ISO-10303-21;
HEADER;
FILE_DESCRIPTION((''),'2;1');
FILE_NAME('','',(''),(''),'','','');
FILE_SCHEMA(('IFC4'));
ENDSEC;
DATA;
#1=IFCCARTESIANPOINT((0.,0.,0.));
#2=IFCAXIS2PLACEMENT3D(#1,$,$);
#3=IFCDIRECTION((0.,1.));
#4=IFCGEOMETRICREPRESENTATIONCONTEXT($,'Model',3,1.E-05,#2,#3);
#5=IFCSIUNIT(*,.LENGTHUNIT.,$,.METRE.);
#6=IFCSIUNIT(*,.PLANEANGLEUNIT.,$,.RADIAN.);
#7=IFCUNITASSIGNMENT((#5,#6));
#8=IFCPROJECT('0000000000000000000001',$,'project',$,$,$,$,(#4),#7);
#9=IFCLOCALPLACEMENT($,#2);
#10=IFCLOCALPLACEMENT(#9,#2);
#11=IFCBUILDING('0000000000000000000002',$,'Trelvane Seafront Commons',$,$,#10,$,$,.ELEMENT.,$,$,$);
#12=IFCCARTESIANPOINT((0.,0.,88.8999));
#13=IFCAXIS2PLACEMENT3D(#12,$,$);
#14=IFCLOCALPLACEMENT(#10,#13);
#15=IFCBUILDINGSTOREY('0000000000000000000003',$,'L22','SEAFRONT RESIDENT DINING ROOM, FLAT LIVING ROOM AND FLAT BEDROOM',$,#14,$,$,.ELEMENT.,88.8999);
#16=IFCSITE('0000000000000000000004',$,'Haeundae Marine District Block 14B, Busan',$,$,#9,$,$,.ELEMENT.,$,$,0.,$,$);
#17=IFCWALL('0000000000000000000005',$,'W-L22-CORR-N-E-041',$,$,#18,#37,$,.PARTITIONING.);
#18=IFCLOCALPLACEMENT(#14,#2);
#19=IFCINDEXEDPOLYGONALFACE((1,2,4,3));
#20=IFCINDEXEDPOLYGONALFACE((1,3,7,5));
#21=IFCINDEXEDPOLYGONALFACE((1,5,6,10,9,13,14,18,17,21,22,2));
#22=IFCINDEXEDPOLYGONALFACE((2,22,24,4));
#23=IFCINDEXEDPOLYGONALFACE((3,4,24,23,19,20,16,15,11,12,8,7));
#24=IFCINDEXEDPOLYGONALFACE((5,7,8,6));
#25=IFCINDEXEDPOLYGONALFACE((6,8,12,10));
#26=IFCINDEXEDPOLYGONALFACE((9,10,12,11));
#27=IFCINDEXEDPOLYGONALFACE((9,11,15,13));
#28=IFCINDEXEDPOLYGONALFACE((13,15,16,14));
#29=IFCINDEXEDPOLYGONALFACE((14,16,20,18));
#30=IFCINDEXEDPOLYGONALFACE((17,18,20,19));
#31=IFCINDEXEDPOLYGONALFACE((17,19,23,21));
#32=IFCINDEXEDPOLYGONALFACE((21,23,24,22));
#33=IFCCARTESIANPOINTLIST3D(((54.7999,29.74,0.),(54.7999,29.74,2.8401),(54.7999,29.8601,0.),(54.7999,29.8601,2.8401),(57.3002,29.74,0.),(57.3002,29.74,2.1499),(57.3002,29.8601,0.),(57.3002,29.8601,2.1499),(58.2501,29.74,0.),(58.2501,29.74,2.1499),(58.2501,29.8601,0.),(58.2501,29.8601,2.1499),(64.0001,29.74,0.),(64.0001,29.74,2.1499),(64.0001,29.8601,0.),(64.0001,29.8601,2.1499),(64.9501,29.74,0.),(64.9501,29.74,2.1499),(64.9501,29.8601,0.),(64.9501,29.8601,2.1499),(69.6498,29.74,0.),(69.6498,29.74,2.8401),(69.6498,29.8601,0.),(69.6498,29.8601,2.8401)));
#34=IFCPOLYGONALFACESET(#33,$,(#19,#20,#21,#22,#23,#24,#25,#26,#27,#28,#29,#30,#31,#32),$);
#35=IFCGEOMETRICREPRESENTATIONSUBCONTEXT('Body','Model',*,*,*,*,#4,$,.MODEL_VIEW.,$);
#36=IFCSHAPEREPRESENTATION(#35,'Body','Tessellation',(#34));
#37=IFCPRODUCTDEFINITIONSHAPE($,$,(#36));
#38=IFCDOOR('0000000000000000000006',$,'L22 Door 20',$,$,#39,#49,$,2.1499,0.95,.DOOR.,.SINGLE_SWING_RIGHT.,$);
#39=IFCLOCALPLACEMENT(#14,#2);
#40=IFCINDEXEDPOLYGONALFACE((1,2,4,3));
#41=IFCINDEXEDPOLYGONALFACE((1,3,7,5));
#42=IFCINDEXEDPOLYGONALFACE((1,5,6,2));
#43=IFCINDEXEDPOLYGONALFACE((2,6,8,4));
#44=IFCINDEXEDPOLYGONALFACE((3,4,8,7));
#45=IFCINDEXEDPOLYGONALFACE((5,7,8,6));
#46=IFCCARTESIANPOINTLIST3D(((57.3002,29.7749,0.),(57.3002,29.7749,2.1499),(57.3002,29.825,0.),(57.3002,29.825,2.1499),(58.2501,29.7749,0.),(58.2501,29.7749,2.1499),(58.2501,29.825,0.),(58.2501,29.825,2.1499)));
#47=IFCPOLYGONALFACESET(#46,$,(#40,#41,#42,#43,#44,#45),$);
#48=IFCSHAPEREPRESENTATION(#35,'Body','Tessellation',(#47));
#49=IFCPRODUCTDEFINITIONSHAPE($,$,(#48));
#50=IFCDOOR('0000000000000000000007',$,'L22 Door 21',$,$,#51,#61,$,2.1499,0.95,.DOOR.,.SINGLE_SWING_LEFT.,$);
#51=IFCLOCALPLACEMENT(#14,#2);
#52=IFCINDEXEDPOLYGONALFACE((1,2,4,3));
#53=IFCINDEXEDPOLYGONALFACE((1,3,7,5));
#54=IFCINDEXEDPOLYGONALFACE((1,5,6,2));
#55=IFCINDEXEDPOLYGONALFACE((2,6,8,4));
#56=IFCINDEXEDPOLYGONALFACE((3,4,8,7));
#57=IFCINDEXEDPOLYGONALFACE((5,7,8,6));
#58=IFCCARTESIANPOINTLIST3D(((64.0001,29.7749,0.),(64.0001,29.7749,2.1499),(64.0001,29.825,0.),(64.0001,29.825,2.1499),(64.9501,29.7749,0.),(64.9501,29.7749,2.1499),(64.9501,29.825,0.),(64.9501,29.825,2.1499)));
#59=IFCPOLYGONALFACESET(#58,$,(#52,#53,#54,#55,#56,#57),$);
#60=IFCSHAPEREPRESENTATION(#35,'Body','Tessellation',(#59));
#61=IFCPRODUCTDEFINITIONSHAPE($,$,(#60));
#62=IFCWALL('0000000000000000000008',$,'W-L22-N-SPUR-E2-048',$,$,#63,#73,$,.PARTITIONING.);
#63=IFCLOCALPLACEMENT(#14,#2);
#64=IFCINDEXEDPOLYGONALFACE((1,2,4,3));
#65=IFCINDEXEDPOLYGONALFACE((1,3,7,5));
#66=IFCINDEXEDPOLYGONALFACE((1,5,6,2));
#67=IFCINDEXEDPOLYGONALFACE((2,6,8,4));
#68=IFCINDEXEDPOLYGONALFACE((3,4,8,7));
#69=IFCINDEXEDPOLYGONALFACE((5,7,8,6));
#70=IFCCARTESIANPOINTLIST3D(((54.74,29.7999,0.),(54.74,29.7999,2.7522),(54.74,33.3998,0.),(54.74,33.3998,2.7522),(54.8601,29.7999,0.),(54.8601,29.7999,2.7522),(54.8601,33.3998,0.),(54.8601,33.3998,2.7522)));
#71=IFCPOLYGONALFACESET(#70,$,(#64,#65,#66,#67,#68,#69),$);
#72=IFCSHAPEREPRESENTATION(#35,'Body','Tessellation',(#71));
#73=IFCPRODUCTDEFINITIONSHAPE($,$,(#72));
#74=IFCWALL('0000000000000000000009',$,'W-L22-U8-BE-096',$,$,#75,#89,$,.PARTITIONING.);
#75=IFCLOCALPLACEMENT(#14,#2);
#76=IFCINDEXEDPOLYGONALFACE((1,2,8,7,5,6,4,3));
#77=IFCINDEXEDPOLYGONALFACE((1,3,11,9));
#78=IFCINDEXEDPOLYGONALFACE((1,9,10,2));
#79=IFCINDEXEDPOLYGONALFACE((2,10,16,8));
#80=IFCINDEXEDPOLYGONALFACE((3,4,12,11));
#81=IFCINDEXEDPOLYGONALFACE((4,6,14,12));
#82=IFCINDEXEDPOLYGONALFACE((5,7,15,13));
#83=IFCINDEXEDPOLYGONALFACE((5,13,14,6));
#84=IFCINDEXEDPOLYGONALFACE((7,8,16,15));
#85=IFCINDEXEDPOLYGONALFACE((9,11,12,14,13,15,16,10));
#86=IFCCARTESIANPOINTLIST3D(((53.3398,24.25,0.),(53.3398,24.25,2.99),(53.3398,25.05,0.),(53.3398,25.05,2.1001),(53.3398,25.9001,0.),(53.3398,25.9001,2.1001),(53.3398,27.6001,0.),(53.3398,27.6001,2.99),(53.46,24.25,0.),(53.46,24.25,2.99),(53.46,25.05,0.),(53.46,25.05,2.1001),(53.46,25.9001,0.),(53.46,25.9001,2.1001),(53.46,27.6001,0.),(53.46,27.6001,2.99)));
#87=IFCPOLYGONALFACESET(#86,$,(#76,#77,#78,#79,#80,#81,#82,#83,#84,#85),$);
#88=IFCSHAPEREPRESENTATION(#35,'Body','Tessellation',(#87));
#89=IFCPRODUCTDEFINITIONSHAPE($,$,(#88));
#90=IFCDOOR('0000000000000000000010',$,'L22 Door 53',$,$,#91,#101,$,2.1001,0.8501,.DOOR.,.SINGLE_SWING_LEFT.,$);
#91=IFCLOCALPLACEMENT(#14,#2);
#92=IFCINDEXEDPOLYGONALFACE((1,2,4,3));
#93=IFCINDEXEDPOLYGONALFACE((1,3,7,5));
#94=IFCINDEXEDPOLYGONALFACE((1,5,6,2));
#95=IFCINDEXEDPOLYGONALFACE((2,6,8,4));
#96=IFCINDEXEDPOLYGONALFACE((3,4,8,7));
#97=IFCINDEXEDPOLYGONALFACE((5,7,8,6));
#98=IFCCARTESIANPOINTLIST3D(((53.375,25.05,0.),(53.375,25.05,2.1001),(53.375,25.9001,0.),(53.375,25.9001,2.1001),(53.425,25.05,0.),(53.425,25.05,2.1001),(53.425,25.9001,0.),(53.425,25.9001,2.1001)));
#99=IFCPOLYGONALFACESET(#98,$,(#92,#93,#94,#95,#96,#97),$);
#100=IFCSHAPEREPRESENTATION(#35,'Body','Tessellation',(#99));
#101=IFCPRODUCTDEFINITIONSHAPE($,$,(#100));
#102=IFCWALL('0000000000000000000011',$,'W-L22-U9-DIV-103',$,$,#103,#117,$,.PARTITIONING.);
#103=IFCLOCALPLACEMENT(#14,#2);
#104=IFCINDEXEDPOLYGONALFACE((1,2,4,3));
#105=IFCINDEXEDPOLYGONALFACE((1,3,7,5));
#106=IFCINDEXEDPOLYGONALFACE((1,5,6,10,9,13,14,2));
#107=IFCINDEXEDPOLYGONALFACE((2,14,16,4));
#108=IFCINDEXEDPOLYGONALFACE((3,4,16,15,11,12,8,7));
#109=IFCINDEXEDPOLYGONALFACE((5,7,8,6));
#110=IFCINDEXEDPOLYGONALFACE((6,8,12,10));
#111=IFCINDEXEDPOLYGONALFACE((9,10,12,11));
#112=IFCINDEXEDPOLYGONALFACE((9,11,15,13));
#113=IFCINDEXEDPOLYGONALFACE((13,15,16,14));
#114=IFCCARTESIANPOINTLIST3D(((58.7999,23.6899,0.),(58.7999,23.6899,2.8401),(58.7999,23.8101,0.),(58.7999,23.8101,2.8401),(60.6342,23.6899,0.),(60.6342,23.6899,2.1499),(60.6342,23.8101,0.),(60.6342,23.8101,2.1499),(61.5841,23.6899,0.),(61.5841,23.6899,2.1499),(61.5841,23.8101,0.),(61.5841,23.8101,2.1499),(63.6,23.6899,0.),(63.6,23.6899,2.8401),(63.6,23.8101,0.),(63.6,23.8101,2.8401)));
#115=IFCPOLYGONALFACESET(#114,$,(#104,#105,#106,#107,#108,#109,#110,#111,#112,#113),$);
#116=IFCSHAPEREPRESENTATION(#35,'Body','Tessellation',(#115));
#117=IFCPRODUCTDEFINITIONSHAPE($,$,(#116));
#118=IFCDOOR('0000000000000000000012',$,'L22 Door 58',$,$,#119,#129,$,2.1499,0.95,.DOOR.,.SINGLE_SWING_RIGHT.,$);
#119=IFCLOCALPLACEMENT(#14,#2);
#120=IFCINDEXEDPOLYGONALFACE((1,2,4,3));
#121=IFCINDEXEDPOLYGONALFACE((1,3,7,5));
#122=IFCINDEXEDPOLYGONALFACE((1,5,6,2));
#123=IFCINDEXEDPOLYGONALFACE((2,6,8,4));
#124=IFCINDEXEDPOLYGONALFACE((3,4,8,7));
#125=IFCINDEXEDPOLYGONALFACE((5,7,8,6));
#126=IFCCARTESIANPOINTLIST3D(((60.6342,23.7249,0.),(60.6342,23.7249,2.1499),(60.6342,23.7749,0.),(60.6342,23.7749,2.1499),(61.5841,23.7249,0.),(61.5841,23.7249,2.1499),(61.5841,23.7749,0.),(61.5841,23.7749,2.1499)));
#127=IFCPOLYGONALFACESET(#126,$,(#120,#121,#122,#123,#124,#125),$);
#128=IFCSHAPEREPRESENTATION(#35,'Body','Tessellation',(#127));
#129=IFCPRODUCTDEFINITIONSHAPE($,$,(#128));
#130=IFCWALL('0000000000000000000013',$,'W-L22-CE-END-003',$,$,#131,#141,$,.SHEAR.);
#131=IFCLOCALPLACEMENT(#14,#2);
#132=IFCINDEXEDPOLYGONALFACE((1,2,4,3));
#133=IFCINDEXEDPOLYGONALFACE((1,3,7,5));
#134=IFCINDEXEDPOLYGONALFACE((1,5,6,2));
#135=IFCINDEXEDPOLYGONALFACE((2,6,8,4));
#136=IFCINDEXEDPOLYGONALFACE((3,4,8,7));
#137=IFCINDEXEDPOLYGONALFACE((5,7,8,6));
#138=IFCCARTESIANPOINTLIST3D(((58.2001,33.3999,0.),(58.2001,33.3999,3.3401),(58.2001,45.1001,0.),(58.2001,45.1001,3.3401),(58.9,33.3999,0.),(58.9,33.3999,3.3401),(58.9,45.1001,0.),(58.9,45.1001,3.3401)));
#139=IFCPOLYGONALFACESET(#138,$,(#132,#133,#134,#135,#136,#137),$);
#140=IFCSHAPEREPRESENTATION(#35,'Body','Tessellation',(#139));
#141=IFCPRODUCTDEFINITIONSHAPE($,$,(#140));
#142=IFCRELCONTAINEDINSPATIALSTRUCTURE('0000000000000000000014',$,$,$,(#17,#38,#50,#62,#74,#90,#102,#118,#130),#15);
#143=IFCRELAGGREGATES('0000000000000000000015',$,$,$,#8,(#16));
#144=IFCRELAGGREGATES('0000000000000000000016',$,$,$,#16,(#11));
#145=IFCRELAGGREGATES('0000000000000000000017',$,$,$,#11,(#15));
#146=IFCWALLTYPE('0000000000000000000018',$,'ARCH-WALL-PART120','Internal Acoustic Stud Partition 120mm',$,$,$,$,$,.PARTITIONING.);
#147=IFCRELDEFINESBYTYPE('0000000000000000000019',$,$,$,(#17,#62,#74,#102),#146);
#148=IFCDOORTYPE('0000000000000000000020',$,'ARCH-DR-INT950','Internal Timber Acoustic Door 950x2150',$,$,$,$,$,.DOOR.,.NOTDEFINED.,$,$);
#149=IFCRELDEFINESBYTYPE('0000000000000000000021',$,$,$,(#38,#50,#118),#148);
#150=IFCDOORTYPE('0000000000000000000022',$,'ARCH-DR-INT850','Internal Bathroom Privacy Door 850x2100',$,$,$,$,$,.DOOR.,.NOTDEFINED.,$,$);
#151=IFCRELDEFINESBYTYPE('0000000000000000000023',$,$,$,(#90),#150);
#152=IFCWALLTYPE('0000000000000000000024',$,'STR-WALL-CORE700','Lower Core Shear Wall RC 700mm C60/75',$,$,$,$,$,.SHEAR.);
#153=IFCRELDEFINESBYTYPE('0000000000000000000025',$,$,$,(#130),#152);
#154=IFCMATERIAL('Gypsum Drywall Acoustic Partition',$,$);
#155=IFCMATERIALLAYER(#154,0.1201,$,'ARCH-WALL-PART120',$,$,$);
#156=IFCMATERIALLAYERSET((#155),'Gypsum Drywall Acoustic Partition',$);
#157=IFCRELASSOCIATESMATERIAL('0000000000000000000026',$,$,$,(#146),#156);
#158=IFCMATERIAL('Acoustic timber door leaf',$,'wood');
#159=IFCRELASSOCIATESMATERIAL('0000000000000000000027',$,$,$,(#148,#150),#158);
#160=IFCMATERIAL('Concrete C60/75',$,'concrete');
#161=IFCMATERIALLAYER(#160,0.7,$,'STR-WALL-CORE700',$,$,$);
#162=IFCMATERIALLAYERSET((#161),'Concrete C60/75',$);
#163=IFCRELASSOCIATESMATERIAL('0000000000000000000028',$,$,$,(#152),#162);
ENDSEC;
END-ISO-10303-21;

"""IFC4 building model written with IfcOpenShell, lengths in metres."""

from ifc_helpers import new_model, si_unit, direction, frame, frame_2d, origin, place, context, subcontext, project, spatial, rectangle, extrude, source, transform, mapped, material, layer, layer_set, type_object, element, fill, save


model = new_model("IFC4")

# Units and contexts
model_context = context("Model", 3, precision=1e-05, world=origin(), true_north=direction((0.0, 1.0)))
body_context = subcontext(model_context, "Body", "Model", "MODEL_VIEW")
ifc_project = project(units=[si_unit("LENGTHUNIT", "METRE"), si_unit("PLANEANGLEUNIT", "RADIAN")], contexts=[model_context])

# Site, building, storey
site_placement = place(None, origin())
site = spatial("IfcSite", under=ifc_project, at=site_placement, Name="Haeundae Marine District Block 14B, Busan", CompositionType="ELEMENT", RefElevation=0.0)
building_placement = place(site_placement, origin())
building = spatial("IfcBuilding", under=site, at=building_placement, Name="Trelvane Seafront Commons", CompositionType="ELEMENT")
storey_placement = place(building_placement, frame((0.0, 0.0, 88.8999)))
storey = spatial("IfcBuildingStorey", under=building, at=storey_placement, Name="L22", Description="SEAFRONT RESIDENT DINING ROOM, FLAT LIVING ROOM AND FLAT BEDROOM", CompositionType="ELEMENT", Elevation=88.8999)

# Shared definitions
ifc_material_1 = material(Name="Concrete C60/75", Category="concrete")

# Shared definitions
shared_shape_1 = source(origin(), body_context, "Body", "SweptSolid", [
    extrude(rectangle(XDim=0.95, YDim=2.1499, at=frame_2d((0.4751, 1.075))), frame((0.0, 0.0249, 0.0), z_axis=(0.0, -1.0, 0.0), x_axis=(1.0, 0.0, 0.0)), (0.0, 0.0, 1.0), 0.05),
])

# Wall, openings, doors
ifc_material_2 = material(Name="Gypsum Drywall Acoustic Partition")
ifc_layer_1 = layer(ifc_material_2, 0.1201, Name="ARCH-WALL-PART120")
ifc_layer_set_1 = layer_set([ifc_layer_1], Name="Gypsum Drywall Acoustic Partition")
wall_type_1 = type_object("IfcWallType", Name="ARCH-WALL-PART120", Description="Internal Acoustic Stud Partition 120mm", PredefinedType="PARTITIONING", material=ifc_layer_set_1)
wall_1_placement = place(storey_placement, frame((54.8, 29.8, 0.0), z_axis=(0.0, 0.0, 1.0), x_axis=(1.0, 0.0, 0.0)))
wall_1 = element("IfcWall", 1, at=wall_1_placement, inside=storey, type_object=wall_type_1, Name="W-L22-CORR-N-E-041", PredefinedType="PARTITIONING", context=body_context, shape_type="SweptSolid", body=[
    extrude(rectangle(XDim=14.8499, YDim=0.1201, at=frame_2d((7.4248, 0.0))), origin(), (0.0, 0.0, 1.0), 2.8401),
])
opening_1_placement = place(wall_1_placement, frame((2.5, 0.0, 0.0)))
opening_1 = element("IfcOpeningElement", 2, at=opening_1_placement, cuts=wall_1, PredefinedType="OPENING", context=body_context, shape_type="SweptSolid", body=[
    extrude(rectangle(XDim=0.95, YDim=2.1499, at=frame_2d((0.4751, 1.075))), frame((0.0, 0.0701, 0.0), z_axis=(0.0, -1.0, 0.0), x_axis=(1.0, 0.0, 0.0)), (0.0, 0.0, 1.0), 0.1401),
])
opening_2_placement = place(wall_1_placement, frame((9.2, 0.0, 0.0)))
opening_2 = element("IfcOpeningElement", 3, at=opening_2_placement, cuts=wall_1, PredefinedType="OPENING", context=body_context, shape_type="SweptSolid", body=[
    extrude(rectangle(XDim=0.95, YDim=2.1499, at=frame_2d((0.4751, 1.075))), frame((0.0, 0.0701, 0.0), z_axis=(0.0, -1.0, 0.0), x_axis=(1.0, 0.0, 0.0)), (0.0, 0.0, 1.0), 0.1401),
])
ifc_material_3 = material(Name="Acoustic timber door leaf", Category="wood")
door_type_1 = type_object("IfcDoorType", Name="ARCH-DR-INT950", Description="Internal Timber Acoustic Door 950x2150", OperationType="NOTDEFINED", PredefinedType="DOOR", material=ifc_material_3)
door_1_placement = place(opening_1_placement, origin())
door_1 = element("IfcDoor", 4, at=door_1_placement, inside=storey, type_object=door_type_1, Name="L22 Door 20", OperationType="SINGLE_SWING_RIGHT", OverallHeight=2.1499, OverallWidth=0.95, PredefinedType="DOOR", context=body_context, shape_type="MappedRepresentation", body=[
    mapped(shared_shape_1, transform((0.0, 0.0, 0.0), x_axis=(1.0, 0.0, 0.0), y_axis=(0.0, 1.0, 0.0), z_axis=(0.0, 0.0, 1.0), scale=1.0)),
])
fill(opening_1, door_1)
door_2_placement = place(opening_2_placement, origin())
door_2 = element("IfcDoor", 5, at=door_2_placement, inside=storey, type_object=door_type_1, Name="L22 Door 21", OperationType="SINGLE_SWING_LEFT", OverallHeight=2.1499, OverallWidth=0.95, PredefinedType="DOOR", context=body_context, shape_type="MappedRepresentation", body=[
    mapped(shared_shape_1, transform((0.0, 0.0, 0.0), x_axis=(1.0, 0.0, 0.0), y_axis=(0.0, 1.0, 0.0), z_axis=(0.0, 0.0, 1.0), scale=1.0)),
])
fill(opening_2, door_2)

# Wall
wall_2_placement = place(storey_placement, frame((54.8, 29.8, 0.0), z_axis=(0.0, 0.0, 1.0), x_axis=(0.0, 1.0, 0.0)))
element("IfcWall", 6, at=wall_2_placement, inside=storey, type_object=wall_type_1, Name="W-L22-N-SPUR-E2-048", PredefinedType="PARTITIONING", context=body_context, shape_type="SweptSolid", body=[
    extrude(rectangle(XDim=3.5999, YDim=0.1201, at=frame_2d((1.7998, 0.0))), origin(), (0.0, 0.0, 1.0), 2.7522),
])

# Walls, openings, doors
wall_3_placement = place(storey_placement, frame((53.3999, 24.25, 0.0), z_axis=(0.0, 0.0, 1.0), x_axis=(0.0, 1.0, 0.0)))
wall_3 = element("IfcWall", 7, at=wall_3_placement, inside=storey, type_object=wall_type_1, Name="W-L22-U8-BE-096", PredefinedType="PARTITIONING", context=body_context, shape_type="SweptSolid", body=[
    extrude(rectangle(XDim=3.3501, YDim=0.1201, at=frame_2d((1.675, 0.0))), origin(), (0.0, 0.0, 1.0), 2.99),
])
opening_3_placement = place(wall_3_placement, frame((0.8, 0.0, 0.0)))
opening_3 = element("IfcOpeningElement", 8, at=opening_3_placement, cuts=wall_3, PredefinedType="OPENING", context=body_context, shape_type="SweptSolid", body=[
    extrude(rectangle(XDim=0.8501, YDim=2.1001, at=frame_2d((0.425, 1.05))), frame((0.0, 0.0701, 0.0), z_axis=(0.0, -1.0, 0.0), x_axis=(1.0, 0.0, 0.0)), (0.0, 0.0, 1.0), 0.1401),
])
door_type_2 = type_object("IfcDoorType", Name="ARCH-DR-INT850", Description="Internal Bathroom Privacy Door 850x2100", OperationType="NOTDEFINED", PredefinedType="DOOR", material=ifc_material_3)
shared_shape_2 = source(origin(), body_context, "Body", "SweptSolid", [
    extrude(rectangle(XDim=0.8501, YDim=2.1001, at=frame_2d((0.425, 1.05))), frame((0.0, 0.0249, 0.0), z_axis=(0.0, -1.0, 0.0), x_axis=(1.0, 0.0, 0.0)), (0.0, 0.0, 1.0), 0.05),
])
door_3_placement = place(opening_3_placement, origin())
door_3 = element("IfcDoor", 9, at=door_3_placement, inside=storey, type_object=door_type_2, Name="L22 Door 53", OperationType="SINGLE_SWING_LEFT", OverallHeight=2.1001, OverallWidth=0.8501, PredefinedType="DOOR", context=body_context, shape_type="MappedRepresentation", body=[
    mapped(shared_shape_2, transform((0.0, 0.0, 0.0), x_axis=(1.0, 0.0, 0.0), y_axis=(0.0, 1.0, 0.0), z_axis=(0.0, 0.0, 1.0), scale=1.0)),
])
fill(opening_3, door_3)
wall_4_placement = place(storey_placement, frame((58.8, 23.75, 0.0), z_axis=(0.0, 0.0, 1.0), x_axis=(1.0, 0.0, 0.0)))
wall_4 = element("IfcWall", 10, at=wall_4_placement, inside=storey, type_object=wall_type_1, Name="W-L22-U9-DIV-103", PredefinedType="PARTITIONING", context=body_context, shape_type="SweptSolid", body=[
    extrude(rectangle(XDim=4.8, YDim=0.1201, at=frame_2d((2.3999, 0.0))), origin(), (0.0, 0.0, 1.0), 2.8401),
])
opening_4_placement = place(wall_4_placement, frame((1.834, 0.0, 0.0)))
opening_4 = element("IfcOpeningElement", 11, at=opening_4_placement, cuts=wall_4, PredefinedType="OPENING", context=body_context, shape_type="SweptSolid", body=[
    extrude(rectangle(XDim=0.95, YDim=2.1499, at=frame_2d((0.4751, 1.075))), frame((0.0, 0.0701, 0.0), z_axis=(0.0, -1.0, 0.0), x_axis=(1.0, 0.0, 0.0)), (0.0, 0.0, 1.0), 0.1401),
])
door_4_placement = place(opening_4_placement, origin())
door_4 = element("IfcDoor", 12, at=door_4_placement, inside=storey, type_object=door_type_1, Name="L22 Door 58", OperationType="SINGLE_SWING_RIGHT", OverallHeight=2.1499, OverallWidth=0.95, PredefinedType="DOOR", context=body_context, shape_type="MappedRepresentation", body=[
    mapped(shared_shape_1, transform((0.0, 0.0, 0.0), x_axis=(1.0, 0.0, 0.0), y_axis=(0.0, 1.0, 0.0), z_axis=(0.0, 0.0, 1.0), scale=1.0)),
])
fill(opening_4, door_4)

# Wall
ifc_layer_2 = layer(ifc_material_1, 0.7, Name="STR-WALL-CORE700")
ifc_layer_set_2 = layer_set([ifc_layer_2], Name="Concrete C60/75")
wall_type_2 = type_object("IfcWallType", Name="STR-WALL-CORE700", Description="Lower Core Shear Wall RC 700mm C60/75", PredefinedType="SHEAR", material=ifc_layer_set_2)
wall_5_placement = place(storey_placement, frame((58.55, 33.3999, 0.0), z_axis=(0.0, 0.0, 1.0), x_axis=(0.0, 1.0, 0.0)))
element("IfcWall", 13, at=wall_5_placement, inside=storey, type_object=wall_type_2, Name="W-L22-CE-END-003", PredefinedType="SHEAR", context=body_context, shape_type="SweptSolid", body=[
    extrude(rectangle(XDim=11.7002, YDim=0.7, at=frame_2d((5.8501, 0.0))), origin(), (0.0, 0.0, 1.0), 3.3401),
])

save(model, "model.ifc")
